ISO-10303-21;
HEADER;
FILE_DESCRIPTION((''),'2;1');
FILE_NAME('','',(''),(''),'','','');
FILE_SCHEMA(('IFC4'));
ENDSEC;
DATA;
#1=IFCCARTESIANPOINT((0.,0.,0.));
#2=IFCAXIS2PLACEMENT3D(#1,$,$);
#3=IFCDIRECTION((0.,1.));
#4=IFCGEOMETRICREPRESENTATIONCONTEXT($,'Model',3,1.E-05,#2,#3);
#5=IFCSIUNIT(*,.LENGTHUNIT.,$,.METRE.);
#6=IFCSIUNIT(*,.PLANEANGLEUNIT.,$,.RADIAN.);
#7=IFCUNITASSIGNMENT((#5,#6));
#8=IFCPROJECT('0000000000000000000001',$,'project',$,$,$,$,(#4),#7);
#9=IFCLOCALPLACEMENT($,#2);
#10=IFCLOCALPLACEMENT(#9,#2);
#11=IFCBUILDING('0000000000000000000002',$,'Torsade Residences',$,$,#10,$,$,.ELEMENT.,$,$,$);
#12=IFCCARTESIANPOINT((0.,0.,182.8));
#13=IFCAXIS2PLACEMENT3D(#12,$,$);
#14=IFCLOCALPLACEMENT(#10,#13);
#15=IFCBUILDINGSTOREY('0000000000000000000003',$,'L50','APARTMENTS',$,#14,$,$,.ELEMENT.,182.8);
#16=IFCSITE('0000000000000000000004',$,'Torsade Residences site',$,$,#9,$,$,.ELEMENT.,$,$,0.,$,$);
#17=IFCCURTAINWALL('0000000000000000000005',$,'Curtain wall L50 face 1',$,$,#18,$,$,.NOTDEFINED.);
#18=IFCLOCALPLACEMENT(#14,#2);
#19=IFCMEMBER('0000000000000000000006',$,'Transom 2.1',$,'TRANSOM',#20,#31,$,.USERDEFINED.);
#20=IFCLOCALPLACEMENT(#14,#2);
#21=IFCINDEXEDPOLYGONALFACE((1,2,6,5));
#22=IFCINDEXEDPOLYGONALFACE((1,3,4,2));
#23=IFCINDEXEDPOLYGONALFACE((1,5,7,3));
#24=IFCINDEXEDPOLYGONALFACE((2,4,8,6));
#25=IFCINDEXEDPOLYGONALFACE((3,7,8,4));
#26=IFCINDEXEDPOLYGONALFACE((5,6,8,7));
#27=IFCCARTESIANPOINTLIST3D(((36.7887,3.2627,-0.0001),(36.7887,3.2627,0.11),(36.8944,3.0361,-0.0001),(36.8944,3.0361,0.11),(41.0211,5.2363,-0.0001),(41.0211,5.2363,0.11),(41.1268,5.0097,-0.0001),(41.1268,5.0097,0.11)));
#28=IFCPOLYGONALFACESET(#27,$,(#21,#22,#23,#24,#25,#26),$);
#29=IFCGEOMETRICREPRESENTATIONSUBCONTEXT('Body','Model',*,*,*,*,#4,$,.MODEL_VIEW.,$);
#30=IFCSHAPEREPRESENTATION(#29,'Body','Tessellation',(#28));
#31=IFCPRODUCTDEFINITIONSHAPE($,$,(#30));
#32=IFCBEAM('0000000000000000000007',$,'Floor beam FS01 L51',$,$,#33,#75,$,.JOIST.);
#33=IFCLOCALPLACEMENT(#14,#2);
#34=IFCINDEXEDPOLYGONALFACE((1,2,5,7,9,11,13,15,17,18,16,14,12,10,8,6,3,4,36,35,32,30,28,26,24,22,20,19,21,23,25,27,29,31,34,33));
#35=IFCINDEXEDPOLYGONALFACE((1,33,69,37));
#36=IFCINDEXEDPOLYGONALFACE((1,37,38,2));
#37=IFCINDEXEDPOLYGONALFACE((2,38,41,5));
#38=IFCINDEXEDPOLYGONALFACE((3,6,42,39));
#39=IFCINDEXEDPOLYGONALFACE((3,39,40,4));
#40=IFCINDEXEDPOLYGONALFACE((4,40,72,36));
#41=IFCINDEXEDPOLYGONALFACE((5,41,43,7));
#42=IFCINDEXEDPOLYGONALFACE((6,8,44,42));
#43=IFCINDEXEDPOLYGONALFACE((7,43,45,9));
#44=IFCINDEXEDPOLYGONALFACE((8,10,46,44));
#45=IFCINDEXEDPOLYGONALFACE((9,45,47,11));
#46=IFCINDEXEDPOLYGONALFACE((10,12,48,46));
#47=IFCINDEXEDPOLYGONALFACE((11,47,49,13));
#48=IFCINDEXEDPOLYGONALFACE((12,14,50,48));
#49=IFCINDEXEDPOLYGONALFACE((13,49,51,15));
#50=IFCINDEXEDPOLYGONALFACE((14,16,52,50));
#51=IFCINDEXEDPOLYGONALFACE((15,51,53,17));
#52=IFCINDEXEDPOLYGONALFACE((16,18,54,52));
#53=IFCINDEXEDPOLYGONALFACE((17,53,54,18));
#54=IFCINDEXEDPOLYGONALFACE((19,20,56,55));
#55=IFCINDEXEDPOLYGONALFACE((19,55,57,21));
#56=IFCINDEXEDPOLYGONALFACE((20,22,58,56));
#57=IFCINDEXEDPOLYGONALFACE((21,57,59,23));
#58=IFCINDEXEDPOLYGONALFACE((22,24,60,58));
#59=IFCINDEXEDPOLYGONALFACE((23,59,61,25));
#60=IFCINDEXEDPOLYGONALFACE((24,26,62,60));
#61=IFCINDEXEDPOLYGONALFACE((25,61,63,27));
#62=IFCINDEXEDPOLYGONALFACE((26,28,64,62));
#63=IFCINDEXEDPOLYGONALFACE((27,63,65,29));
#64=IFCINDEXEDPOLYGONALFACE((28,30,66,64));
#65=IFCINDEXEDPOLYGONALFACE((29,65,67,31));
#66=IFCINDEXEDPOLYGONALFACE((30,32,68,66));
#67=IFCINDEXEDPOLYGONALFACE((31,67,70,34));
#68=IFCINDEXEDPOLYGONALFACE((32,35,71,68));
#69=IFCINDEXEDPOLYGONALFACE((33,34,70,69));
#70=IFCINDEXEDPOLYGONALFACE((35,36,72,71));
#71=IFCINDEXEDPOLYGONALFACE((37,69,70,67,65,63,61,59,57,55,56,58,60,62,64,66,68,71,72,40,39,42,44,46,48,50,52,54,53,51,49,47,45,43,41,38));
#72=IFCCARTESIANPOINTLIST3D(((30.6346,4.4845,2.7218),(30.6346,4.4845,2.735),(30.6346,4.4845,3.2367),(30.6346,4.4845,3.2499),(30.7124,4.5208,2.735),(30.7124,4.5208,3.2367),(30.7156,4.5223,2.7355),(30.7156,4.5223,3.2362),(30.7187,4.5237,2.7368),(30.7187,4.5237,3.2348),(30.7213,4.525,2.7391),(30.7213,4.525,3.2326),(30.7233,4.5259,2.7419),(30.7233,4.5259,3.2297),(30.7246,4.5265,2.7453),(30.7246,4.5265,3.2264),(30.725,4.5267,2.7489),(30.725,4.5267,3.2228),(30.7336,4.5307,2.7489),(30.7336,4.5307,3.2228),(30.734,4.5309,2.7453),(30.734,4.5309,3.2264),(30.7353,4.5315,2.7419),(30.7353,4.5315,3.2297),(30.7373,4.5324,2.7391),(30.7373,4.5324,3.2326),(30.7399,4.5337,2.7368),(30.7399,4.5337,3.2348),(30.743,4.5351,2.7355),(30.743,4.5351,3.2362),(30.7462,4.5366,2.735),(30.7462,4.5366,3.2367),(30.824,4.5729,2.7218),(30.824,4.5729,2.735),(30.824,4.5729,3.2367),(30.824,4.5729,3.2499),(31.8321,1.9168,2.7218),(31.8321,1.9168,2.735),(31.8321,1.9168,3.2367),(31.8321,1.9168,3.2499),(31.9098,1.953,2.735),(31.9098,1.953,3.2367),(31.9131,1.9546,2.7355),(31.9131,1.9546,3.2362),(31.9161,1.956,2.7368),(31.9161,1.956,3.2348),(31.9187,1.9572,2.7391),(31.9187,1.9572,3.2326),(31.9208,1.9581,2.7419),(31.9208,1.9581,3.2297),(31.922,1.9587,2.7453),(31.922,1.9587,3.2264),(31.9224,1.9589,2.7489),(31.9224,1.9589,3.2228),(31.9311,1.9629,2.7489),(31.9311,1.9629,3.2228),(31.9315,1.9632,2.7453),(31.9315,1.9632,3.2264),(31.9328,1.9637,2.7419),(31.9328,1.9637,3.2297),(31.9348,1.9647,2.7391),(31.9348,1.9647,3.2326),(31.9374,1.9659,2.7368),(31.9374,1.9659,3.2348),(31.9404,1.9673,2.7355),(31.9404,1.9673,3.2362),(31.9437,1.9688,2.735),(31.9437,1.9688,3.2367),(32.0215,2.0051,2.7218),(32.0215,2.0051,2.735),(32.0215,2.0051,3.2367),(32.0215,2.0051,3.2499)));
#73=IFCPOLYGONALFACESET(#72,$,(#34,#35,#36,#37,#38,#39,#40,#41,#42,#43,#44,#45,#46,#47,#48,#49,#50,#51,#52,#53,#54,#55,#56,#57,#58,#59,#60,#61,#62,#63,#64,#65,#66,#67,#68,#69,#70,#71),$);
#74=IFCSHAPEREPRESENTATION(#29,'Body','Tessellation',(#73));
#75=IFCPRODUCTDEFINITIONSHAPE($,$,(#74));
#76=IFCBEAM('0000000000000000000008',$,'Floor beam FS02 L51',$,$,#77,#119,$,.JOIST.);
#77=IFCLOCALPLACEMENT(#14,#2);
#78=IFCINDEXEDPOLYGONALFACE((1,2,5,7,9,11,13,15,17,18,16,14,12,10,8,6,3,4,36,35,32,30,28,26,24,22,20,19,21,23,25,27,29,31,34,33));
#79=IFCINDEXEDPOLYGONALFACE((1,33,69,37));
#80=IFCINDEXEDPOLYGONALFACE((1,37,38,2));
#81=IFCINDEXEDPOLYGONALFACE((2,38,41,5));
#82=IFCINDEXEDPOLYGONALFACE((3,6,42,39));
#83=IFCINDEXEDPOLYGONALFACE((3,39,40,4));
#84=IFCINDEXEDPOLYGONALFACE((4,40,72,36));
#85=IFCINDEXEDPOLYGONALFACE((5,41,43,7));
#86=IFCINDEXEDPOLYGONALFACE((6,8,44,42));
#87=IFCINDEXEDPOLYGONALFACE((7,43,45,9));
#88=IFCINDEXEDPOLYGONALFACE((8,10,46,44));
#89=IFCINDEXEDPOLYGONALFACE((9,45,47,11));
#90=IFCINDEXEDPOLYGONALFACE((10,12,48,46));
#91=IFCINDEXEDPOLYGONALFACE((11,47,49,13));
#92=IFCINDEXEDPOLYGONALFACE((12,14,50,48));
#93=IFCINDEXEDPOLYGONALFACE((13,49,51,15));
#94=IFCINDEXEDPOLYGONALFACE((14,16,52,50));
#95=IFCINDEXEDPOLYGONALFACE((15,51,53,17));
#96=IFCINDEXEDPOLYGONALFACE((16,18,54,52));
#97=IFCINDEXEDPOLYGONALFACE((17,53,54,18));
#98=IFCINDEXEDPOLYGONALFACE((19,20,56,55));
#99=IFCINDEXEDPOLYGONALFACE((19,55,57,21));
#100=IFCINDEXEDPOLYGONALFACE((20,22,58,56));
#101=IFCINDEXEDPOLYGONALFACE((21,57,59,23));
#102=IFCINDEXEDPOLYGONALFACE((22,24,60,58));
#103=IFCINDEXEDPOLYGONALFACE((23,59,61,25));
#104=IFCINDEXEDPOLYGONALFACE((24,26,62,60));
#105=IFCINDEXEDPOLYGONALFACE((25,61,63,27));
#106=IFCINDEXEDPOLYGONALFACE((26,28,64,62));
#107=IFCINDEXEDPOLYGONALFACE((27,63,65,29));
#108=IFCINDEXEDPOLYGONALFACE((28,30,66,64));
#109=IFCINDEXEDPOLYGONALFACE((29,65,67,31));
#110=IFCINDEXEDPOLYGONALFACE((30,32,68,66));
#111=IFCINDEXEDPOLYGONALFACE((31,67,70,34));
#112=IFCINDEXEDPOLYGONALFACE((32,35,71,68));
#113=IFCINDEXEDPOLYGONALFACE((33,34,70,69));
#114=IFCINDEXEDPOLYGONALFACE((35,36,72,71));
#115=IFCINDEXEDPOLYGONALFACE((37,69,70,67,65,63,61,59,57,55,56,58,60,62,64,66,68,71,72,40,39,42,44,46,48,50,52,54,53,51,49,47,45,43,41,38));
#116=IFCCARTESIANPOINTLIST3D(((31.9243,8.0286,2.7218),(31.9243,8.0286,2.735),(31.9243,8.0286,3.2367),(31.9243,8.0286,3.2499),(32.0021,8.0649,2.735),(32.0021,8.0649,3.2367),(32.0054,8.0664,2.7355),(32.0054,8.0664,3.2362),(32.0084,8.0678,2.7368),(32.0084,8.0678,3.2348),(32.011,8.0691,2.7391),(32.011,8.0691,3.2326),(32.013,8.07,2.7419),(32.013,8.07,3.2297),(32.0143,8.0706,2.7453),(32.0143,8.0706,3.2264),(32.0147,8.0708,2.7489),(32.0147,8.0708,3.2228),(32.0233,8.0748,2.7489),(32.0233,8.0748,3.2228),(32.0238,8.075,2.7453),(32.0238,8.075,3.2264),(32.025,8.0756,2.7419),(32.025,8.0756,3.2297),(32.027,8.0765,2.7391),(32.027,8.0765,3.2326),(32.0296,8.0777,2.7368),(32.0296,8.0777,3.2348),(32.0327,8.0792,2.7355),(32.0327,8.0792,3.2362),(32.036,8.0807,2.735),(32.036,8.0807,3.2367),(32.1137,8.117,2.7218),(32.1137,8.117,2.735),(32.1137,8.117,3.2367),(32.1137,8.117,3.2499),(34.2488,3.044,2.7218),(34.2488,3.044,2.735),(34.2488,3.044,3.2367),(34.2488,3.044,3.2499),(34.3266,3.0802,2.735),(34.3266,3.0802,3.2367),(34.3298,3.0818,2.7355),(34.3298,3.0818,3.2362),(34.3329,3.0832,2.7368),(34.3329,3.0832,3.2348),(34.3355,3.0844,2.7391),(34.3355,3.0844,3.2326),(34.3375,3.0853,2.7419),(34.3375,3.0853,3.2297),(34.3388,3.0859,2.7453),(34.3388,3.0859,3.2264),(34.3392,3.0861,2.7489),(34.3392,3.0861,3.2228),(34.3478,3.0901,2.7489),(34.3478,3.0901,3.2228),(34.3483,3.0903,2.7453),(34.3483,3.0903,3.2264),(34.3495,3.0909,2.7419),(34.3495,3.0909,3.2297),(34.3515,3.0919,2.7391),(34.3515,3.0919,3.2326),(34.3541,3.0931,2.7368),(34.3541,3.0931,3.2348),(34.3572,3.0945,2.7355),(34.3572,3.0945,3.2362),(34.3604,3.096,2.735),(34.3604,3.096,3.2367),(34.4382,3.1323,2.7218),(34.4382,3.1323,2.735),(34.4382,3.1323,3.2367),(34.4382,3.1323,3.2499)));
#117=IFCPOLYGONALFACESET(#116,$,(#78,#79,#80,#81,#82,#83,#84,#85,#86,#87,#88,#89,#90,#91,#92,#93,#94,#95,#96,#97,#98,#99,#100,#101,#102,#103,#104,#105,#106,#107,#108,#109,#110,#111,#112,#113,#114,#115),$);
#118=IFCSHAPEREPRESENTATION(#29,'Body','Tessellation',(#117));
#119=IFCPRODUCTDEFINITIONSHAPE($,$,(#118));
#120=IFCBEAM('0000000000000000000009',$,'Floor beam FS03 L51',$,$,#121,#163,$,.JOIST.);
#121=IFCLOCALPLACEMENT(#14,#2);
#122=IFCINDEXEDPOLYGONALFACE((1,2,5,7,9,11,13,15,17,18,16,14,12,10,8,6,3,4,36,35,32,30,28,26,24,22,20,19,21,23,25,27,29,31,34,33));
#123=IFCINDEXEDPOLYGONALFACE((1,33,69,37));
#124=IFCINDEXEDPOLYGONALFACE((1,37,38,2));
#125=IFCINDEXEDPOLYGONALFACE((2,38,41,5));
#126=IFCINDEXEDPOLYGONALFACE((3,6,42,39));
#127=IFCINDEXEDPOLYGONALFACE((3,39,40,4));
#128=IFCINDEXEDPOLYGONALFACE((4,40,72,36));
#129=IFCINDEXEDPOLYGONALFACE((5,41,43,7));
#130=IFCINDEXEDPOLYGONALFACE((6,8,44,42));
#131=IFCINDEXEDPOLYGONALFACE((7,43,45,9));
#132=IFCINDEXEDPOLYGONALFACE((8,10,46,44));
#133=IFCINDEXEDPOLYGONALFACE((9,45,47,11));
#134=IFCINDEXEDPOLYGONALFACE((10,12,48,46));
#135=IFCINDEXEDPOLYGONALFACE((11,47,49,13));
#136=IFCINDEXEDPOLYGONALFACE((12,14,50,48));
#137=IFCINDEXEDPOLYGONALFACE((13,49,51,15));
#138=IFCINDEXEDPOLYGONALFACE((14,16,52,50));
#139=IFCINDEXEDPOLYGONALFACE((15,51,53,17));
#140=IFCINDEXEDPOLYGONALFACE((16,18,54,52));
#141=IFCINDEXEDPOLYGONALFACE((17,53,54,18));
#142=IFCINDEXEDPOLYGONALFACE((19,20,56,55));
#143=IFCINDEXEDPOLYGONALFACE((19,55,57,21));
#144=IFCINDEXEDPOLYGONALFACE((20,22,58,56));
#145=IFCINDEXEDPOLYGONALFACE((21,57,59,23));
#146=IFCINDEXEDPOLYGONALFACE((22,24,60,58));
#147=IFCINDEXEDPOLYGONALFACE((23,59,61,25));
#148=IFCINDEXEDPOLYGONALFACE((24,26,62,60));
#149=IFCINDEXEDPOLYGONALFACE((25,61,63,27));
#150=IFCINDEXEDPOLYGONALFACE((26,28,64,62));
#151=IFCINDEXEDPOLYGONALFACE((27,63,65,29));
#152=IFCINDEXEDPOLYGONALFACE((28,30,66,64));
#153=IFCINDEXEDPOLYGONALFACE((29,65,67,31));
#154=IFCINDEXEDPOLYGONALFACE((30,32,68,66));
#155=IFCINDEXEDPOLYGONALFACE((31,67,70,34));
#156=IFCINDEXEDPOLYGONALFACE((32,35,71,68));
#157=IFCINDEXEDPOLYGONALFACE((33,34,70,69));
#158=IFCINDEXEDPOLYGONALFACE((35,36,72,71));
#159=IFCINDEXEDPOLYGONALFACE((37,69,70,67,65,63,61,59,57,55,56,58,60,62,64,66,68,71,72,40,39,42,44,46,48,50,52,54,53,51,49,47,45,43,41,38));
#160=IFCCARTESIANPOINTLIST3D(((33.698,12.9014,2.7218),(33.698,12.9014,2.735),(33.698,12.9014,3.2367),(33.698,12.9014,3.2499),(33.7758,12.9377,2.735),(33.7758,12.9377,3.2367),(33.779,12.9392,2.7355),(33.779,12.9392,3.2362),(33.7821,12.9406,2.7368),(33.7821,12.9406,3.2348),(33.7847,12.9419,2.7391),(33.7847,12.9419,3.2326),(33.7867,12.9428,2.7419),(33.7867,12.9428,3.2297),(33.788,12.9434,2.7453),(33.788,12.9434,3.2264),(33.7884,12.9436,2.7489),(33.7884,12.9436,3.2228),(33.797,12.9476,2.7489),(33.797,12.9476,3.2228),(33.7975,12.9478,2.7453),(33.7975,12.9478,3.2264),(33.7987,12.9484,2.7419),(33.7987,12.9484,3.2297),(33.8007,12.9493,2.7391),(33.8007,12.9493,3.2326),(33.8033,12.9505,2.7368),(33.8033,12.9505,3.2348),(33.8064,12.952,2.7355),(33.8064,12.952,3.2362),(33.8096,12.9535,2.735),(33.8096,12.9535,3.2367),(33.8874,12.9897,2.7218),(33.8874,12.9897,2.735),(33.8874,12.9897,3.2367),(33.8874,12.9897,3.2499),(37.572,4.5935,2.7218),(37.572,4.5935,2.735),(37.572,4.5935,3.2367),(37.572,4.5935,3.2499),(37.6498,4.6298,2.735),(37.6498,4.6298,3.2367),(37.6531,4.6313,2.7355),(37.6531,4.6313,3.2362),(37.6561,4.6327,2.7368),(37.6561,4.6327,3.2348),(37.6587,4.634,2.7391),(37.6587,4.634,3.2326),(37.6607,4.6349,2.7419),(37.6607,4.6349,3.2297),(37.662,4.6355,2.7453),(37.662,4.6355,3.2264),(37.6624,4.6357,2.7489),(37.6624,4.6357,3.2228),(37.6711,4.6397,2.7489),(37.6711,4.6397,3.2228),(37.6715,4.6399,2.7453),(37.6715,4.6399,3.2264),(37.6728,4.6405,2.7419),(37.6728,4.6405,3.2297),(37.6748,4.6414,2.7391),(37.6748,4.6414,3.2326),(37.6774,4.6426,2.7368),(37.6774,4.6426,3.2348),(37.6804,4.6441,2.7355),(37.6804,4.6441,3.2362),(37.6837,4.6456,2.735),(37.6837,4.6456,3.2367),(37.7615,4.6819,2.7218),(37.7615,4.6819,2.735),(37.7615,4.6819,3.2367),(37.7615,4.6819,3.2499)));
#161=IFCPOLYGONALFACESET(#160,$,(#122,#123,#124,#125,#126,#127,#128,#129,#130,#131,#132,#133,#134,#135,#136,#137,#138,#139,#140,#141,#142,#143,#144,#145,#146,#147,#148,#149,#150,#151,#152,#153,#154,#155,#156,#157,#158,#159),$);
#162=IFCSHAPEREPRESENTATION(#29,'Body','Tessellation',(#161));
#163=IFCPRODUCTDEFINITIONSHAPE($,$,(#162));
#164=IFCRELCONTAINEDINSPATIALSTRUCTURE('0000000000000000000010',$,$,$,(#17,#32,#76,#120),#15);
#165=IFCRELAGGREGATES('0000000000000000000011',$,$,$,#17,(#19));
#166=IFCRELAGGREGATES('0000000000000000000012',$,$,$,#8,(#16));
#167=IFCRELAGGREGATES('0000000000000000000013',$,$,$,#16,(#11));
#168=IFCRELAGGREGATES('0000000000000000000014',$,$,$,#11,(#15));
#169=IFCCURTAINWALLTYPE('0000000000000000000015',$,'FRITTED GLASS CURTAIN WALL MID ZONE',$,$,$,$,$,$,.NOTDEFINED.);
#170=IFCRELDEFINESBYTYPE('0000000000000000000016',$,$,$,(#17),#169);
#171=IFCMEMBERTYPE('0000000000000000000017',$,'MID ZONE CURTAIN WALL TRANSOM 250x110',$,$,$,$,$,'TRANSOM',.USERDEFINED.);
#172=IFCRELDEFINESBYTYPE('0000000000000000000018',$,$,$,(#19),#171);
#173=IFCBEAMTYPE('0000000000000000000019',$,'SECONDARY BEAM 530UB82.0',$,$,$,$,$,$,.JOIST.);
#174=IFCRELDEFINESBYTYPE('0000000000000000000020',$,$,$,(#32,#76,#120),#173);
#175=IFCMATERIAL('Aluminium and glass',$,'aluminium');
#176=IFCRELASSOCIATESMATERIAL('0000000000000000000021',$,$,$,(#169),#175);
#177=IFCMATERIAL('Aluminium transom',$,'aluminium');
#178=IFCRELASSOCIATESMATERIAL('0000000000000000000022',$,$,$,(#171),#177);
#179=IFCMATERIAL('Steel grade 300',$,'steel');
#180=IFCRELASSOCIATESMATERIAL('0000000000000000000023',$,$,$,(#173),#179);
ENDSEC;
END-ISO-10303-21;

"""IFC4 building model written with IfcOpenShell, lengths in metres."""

from ifc_helpers import new_model, si_unit, direction, frame, origin, origin_2d, place, context, subcontext, project, spatial, rectangle, i_section, extrude, material, material_profile, profile_set, type_object, element, aggregate, save


model = new_model("IFC4")

# Units and contexts
model_context = context("Model", 3, precision=1e-05, world=origin(), true_north=direction((0.0, 1.0)))
body_context = subcontext(model_context, "Body", "Model", "MODEL_VIEW")
ifc_project = project(units=[si_unit("LENGTHUNIT", "METRE"), si_unit("PLANEANGLEUNIT", "RADIAN")], contexts=[model_context])

# Site, building, storey
site_placement = place(None, origin())
site = spatial("IfcSite", under=ifc_project, at=site_placement, Name="Torsade Residences site", CompositionType="ELEMENT", RefElevation=0.0)
building_placement = place(site_placement, origin())
building = spatial("IfcBuilding", under=site, at=building_placement, Name="Torsade Residences", CompositionType="ELEMENT")
storey_placement = place(building_placement, frame((0.0, 0.0, 182.8)))
storey = spatial("IfcBuildingStorey", under=building, at=storey_placement, Name="L50", Description="APARTMENTS", CompositionType="ELEMENT", Elevation=182.8)

# Curtain wall, member
ifc_material_1 = material(Name="Aluminium and glass", Category="aluminium")
curtain_wall_type = type_object("IfcCurtainWallType", Name="FRITTED GLASS CURTAIN WALL MID ZONE", PredefinedType="NOTDEFINED", material=ifc_material_1)
curtain_wall_placement = place(storey_placement, origin())
curtain_wall = element("IfcCurtainWall", 1, at=curtain_wall_placement, inside=storey, type_object=curtain_wall_type, Name="Curtain wall L50 face 1", PredefinedType="NOTDEFINED")
ifc_material_2 = material(Name="Aluminium transom", Category="aluminium")
ifc_material_profile_1 = material_profile(ifc_material_2, rectangle(XDim=0.25, YDim=0.1101, at=origin_2d()), Name="MID ZONE CURTAIN WALL TRANSOM 250x110")
ifc_profile_set_1 = profile_set([ifc_material_profile_1], Name="Aluminium transom")
member_type_1 = type_object("IfcMemberType", Name="MID ZONE CURTAIN WALL TRANSOM 250x110", ElementType="TRANSOM", PredefinedType="USERDEFINED", material=ifc_profile_set_1)
member_1_placement = place(storey_placement, frame((36.8416, 3.1494, 0.0549), z_axis=(0.906306, 0.422622, 0.0), x_axis=(-0.422622, 0.906306, 0.0)))
member_1 = element("IfcMember", 2, at=member_1_placement, type_object=member_type_1, Name="Transom 2.1", ObjectType="TRANSOM", PredefinedType="USERDEFINED", context=body_context, shape_type="SweptSolid", body=[
    extrude(rectangle(XDim=0.25, YDim=0.1101, at=origin_2d()), origin(), (0.0, 0.0, 1.0), 4.6699),
])

# Beams
ifc_material_3 = material(Name="Steel grade 300", Category="steel")
ifc_material_profile_2 = material_profile(ifc_material_3, i_section(OverallWidth=0.209, OverallDepth=0.5281, WebThickness=0.0095, FlangeThickness=0.0132, FilletRadius=0.0139, at=origin_2d()), Name="530UB82.0")
ifc_profile_set_2 = profile_set([ifc_material_profile_2], Name="Steel grade 300")
beam_type_1 = type_object("IfcBeamType", Name="SECONDARY BEAM 530UB82.0", PredefinedType="JOIST", material=ifc_profile_set_2)
beam_1_placement = place(storey_placement, frame((31.9268, 1.9609, 2.9858), z_axis=(-0.422645, 0.906295, 0.0), x_axis=(-0.906295, -0.422645, 0.0)))
element("IfcBeam", 3, at=beam_1_placement, inside=storey, type_object=beam_type_1, Name="Floor beam FS01 L51", PredefinedType="JOIST", context=body_context, shape_type="SweptSolid", body=[
    extrude(i_section(OverallWidth=0.209, OverallDepth=0.5281, WebThickness=0.0095, FlangeThickness=0.0132, FilletRadius=0.0139, at=origin_2d()), origin(), (0.0, 0.0, 1.0), 2.8333),
])
beam_2_placement = place(storey_placement, frame((34.3435, 3.0881, 2.9858), z_axis=(-0.422633, 0.906301, 0.0), x_axis=(-0.906301, -0.422633, 0.0)))
element("IfcBeam", 4, at=beam_2_placement, inside=storey, type_object=beam_type_1, Name="Floor beam FS02 L51", PredefinedType="JOIST", context=body_context, shape_type="SweptSolid", body=[
    extrude(i_section(OverallWidth=0.209, OverallDepth=0.5281, WebThickness=0.0095, FlangeThickness=0.0132, FilletRadius=0.0139, at=origin_2d()), origin(), (0.0, 0.0, 1.0), 5.5),
])
beam_3_placement = place(storey_placement, frame((37.6667, 4.6377, 2.9858), z_axis=(-0.422619, 0.906308, 0.0), x_axis=(-0.906308, -0.422619, 0.0)))
element("IfcBeam", 5, at=beam_3_placement, inside=storey, type_object=beam_type_1, Name="Floor beam FS03 L51", PredefinedType="JOIST", context=body_context, shape_type="SweptSolid", body=[
    extrude(i_section(OverallWidth=0.209, OverallDepth=0.5281, WebThickness=0.0095, FlangeThickness=0.0132, FilletRadius=0.0139, at=origin_2d()), origin(), (0.0, 0.0, 1.0), 9.1667),
])

aggregate(curtain_wall, [member_1])

save(model, "model.ifc")
